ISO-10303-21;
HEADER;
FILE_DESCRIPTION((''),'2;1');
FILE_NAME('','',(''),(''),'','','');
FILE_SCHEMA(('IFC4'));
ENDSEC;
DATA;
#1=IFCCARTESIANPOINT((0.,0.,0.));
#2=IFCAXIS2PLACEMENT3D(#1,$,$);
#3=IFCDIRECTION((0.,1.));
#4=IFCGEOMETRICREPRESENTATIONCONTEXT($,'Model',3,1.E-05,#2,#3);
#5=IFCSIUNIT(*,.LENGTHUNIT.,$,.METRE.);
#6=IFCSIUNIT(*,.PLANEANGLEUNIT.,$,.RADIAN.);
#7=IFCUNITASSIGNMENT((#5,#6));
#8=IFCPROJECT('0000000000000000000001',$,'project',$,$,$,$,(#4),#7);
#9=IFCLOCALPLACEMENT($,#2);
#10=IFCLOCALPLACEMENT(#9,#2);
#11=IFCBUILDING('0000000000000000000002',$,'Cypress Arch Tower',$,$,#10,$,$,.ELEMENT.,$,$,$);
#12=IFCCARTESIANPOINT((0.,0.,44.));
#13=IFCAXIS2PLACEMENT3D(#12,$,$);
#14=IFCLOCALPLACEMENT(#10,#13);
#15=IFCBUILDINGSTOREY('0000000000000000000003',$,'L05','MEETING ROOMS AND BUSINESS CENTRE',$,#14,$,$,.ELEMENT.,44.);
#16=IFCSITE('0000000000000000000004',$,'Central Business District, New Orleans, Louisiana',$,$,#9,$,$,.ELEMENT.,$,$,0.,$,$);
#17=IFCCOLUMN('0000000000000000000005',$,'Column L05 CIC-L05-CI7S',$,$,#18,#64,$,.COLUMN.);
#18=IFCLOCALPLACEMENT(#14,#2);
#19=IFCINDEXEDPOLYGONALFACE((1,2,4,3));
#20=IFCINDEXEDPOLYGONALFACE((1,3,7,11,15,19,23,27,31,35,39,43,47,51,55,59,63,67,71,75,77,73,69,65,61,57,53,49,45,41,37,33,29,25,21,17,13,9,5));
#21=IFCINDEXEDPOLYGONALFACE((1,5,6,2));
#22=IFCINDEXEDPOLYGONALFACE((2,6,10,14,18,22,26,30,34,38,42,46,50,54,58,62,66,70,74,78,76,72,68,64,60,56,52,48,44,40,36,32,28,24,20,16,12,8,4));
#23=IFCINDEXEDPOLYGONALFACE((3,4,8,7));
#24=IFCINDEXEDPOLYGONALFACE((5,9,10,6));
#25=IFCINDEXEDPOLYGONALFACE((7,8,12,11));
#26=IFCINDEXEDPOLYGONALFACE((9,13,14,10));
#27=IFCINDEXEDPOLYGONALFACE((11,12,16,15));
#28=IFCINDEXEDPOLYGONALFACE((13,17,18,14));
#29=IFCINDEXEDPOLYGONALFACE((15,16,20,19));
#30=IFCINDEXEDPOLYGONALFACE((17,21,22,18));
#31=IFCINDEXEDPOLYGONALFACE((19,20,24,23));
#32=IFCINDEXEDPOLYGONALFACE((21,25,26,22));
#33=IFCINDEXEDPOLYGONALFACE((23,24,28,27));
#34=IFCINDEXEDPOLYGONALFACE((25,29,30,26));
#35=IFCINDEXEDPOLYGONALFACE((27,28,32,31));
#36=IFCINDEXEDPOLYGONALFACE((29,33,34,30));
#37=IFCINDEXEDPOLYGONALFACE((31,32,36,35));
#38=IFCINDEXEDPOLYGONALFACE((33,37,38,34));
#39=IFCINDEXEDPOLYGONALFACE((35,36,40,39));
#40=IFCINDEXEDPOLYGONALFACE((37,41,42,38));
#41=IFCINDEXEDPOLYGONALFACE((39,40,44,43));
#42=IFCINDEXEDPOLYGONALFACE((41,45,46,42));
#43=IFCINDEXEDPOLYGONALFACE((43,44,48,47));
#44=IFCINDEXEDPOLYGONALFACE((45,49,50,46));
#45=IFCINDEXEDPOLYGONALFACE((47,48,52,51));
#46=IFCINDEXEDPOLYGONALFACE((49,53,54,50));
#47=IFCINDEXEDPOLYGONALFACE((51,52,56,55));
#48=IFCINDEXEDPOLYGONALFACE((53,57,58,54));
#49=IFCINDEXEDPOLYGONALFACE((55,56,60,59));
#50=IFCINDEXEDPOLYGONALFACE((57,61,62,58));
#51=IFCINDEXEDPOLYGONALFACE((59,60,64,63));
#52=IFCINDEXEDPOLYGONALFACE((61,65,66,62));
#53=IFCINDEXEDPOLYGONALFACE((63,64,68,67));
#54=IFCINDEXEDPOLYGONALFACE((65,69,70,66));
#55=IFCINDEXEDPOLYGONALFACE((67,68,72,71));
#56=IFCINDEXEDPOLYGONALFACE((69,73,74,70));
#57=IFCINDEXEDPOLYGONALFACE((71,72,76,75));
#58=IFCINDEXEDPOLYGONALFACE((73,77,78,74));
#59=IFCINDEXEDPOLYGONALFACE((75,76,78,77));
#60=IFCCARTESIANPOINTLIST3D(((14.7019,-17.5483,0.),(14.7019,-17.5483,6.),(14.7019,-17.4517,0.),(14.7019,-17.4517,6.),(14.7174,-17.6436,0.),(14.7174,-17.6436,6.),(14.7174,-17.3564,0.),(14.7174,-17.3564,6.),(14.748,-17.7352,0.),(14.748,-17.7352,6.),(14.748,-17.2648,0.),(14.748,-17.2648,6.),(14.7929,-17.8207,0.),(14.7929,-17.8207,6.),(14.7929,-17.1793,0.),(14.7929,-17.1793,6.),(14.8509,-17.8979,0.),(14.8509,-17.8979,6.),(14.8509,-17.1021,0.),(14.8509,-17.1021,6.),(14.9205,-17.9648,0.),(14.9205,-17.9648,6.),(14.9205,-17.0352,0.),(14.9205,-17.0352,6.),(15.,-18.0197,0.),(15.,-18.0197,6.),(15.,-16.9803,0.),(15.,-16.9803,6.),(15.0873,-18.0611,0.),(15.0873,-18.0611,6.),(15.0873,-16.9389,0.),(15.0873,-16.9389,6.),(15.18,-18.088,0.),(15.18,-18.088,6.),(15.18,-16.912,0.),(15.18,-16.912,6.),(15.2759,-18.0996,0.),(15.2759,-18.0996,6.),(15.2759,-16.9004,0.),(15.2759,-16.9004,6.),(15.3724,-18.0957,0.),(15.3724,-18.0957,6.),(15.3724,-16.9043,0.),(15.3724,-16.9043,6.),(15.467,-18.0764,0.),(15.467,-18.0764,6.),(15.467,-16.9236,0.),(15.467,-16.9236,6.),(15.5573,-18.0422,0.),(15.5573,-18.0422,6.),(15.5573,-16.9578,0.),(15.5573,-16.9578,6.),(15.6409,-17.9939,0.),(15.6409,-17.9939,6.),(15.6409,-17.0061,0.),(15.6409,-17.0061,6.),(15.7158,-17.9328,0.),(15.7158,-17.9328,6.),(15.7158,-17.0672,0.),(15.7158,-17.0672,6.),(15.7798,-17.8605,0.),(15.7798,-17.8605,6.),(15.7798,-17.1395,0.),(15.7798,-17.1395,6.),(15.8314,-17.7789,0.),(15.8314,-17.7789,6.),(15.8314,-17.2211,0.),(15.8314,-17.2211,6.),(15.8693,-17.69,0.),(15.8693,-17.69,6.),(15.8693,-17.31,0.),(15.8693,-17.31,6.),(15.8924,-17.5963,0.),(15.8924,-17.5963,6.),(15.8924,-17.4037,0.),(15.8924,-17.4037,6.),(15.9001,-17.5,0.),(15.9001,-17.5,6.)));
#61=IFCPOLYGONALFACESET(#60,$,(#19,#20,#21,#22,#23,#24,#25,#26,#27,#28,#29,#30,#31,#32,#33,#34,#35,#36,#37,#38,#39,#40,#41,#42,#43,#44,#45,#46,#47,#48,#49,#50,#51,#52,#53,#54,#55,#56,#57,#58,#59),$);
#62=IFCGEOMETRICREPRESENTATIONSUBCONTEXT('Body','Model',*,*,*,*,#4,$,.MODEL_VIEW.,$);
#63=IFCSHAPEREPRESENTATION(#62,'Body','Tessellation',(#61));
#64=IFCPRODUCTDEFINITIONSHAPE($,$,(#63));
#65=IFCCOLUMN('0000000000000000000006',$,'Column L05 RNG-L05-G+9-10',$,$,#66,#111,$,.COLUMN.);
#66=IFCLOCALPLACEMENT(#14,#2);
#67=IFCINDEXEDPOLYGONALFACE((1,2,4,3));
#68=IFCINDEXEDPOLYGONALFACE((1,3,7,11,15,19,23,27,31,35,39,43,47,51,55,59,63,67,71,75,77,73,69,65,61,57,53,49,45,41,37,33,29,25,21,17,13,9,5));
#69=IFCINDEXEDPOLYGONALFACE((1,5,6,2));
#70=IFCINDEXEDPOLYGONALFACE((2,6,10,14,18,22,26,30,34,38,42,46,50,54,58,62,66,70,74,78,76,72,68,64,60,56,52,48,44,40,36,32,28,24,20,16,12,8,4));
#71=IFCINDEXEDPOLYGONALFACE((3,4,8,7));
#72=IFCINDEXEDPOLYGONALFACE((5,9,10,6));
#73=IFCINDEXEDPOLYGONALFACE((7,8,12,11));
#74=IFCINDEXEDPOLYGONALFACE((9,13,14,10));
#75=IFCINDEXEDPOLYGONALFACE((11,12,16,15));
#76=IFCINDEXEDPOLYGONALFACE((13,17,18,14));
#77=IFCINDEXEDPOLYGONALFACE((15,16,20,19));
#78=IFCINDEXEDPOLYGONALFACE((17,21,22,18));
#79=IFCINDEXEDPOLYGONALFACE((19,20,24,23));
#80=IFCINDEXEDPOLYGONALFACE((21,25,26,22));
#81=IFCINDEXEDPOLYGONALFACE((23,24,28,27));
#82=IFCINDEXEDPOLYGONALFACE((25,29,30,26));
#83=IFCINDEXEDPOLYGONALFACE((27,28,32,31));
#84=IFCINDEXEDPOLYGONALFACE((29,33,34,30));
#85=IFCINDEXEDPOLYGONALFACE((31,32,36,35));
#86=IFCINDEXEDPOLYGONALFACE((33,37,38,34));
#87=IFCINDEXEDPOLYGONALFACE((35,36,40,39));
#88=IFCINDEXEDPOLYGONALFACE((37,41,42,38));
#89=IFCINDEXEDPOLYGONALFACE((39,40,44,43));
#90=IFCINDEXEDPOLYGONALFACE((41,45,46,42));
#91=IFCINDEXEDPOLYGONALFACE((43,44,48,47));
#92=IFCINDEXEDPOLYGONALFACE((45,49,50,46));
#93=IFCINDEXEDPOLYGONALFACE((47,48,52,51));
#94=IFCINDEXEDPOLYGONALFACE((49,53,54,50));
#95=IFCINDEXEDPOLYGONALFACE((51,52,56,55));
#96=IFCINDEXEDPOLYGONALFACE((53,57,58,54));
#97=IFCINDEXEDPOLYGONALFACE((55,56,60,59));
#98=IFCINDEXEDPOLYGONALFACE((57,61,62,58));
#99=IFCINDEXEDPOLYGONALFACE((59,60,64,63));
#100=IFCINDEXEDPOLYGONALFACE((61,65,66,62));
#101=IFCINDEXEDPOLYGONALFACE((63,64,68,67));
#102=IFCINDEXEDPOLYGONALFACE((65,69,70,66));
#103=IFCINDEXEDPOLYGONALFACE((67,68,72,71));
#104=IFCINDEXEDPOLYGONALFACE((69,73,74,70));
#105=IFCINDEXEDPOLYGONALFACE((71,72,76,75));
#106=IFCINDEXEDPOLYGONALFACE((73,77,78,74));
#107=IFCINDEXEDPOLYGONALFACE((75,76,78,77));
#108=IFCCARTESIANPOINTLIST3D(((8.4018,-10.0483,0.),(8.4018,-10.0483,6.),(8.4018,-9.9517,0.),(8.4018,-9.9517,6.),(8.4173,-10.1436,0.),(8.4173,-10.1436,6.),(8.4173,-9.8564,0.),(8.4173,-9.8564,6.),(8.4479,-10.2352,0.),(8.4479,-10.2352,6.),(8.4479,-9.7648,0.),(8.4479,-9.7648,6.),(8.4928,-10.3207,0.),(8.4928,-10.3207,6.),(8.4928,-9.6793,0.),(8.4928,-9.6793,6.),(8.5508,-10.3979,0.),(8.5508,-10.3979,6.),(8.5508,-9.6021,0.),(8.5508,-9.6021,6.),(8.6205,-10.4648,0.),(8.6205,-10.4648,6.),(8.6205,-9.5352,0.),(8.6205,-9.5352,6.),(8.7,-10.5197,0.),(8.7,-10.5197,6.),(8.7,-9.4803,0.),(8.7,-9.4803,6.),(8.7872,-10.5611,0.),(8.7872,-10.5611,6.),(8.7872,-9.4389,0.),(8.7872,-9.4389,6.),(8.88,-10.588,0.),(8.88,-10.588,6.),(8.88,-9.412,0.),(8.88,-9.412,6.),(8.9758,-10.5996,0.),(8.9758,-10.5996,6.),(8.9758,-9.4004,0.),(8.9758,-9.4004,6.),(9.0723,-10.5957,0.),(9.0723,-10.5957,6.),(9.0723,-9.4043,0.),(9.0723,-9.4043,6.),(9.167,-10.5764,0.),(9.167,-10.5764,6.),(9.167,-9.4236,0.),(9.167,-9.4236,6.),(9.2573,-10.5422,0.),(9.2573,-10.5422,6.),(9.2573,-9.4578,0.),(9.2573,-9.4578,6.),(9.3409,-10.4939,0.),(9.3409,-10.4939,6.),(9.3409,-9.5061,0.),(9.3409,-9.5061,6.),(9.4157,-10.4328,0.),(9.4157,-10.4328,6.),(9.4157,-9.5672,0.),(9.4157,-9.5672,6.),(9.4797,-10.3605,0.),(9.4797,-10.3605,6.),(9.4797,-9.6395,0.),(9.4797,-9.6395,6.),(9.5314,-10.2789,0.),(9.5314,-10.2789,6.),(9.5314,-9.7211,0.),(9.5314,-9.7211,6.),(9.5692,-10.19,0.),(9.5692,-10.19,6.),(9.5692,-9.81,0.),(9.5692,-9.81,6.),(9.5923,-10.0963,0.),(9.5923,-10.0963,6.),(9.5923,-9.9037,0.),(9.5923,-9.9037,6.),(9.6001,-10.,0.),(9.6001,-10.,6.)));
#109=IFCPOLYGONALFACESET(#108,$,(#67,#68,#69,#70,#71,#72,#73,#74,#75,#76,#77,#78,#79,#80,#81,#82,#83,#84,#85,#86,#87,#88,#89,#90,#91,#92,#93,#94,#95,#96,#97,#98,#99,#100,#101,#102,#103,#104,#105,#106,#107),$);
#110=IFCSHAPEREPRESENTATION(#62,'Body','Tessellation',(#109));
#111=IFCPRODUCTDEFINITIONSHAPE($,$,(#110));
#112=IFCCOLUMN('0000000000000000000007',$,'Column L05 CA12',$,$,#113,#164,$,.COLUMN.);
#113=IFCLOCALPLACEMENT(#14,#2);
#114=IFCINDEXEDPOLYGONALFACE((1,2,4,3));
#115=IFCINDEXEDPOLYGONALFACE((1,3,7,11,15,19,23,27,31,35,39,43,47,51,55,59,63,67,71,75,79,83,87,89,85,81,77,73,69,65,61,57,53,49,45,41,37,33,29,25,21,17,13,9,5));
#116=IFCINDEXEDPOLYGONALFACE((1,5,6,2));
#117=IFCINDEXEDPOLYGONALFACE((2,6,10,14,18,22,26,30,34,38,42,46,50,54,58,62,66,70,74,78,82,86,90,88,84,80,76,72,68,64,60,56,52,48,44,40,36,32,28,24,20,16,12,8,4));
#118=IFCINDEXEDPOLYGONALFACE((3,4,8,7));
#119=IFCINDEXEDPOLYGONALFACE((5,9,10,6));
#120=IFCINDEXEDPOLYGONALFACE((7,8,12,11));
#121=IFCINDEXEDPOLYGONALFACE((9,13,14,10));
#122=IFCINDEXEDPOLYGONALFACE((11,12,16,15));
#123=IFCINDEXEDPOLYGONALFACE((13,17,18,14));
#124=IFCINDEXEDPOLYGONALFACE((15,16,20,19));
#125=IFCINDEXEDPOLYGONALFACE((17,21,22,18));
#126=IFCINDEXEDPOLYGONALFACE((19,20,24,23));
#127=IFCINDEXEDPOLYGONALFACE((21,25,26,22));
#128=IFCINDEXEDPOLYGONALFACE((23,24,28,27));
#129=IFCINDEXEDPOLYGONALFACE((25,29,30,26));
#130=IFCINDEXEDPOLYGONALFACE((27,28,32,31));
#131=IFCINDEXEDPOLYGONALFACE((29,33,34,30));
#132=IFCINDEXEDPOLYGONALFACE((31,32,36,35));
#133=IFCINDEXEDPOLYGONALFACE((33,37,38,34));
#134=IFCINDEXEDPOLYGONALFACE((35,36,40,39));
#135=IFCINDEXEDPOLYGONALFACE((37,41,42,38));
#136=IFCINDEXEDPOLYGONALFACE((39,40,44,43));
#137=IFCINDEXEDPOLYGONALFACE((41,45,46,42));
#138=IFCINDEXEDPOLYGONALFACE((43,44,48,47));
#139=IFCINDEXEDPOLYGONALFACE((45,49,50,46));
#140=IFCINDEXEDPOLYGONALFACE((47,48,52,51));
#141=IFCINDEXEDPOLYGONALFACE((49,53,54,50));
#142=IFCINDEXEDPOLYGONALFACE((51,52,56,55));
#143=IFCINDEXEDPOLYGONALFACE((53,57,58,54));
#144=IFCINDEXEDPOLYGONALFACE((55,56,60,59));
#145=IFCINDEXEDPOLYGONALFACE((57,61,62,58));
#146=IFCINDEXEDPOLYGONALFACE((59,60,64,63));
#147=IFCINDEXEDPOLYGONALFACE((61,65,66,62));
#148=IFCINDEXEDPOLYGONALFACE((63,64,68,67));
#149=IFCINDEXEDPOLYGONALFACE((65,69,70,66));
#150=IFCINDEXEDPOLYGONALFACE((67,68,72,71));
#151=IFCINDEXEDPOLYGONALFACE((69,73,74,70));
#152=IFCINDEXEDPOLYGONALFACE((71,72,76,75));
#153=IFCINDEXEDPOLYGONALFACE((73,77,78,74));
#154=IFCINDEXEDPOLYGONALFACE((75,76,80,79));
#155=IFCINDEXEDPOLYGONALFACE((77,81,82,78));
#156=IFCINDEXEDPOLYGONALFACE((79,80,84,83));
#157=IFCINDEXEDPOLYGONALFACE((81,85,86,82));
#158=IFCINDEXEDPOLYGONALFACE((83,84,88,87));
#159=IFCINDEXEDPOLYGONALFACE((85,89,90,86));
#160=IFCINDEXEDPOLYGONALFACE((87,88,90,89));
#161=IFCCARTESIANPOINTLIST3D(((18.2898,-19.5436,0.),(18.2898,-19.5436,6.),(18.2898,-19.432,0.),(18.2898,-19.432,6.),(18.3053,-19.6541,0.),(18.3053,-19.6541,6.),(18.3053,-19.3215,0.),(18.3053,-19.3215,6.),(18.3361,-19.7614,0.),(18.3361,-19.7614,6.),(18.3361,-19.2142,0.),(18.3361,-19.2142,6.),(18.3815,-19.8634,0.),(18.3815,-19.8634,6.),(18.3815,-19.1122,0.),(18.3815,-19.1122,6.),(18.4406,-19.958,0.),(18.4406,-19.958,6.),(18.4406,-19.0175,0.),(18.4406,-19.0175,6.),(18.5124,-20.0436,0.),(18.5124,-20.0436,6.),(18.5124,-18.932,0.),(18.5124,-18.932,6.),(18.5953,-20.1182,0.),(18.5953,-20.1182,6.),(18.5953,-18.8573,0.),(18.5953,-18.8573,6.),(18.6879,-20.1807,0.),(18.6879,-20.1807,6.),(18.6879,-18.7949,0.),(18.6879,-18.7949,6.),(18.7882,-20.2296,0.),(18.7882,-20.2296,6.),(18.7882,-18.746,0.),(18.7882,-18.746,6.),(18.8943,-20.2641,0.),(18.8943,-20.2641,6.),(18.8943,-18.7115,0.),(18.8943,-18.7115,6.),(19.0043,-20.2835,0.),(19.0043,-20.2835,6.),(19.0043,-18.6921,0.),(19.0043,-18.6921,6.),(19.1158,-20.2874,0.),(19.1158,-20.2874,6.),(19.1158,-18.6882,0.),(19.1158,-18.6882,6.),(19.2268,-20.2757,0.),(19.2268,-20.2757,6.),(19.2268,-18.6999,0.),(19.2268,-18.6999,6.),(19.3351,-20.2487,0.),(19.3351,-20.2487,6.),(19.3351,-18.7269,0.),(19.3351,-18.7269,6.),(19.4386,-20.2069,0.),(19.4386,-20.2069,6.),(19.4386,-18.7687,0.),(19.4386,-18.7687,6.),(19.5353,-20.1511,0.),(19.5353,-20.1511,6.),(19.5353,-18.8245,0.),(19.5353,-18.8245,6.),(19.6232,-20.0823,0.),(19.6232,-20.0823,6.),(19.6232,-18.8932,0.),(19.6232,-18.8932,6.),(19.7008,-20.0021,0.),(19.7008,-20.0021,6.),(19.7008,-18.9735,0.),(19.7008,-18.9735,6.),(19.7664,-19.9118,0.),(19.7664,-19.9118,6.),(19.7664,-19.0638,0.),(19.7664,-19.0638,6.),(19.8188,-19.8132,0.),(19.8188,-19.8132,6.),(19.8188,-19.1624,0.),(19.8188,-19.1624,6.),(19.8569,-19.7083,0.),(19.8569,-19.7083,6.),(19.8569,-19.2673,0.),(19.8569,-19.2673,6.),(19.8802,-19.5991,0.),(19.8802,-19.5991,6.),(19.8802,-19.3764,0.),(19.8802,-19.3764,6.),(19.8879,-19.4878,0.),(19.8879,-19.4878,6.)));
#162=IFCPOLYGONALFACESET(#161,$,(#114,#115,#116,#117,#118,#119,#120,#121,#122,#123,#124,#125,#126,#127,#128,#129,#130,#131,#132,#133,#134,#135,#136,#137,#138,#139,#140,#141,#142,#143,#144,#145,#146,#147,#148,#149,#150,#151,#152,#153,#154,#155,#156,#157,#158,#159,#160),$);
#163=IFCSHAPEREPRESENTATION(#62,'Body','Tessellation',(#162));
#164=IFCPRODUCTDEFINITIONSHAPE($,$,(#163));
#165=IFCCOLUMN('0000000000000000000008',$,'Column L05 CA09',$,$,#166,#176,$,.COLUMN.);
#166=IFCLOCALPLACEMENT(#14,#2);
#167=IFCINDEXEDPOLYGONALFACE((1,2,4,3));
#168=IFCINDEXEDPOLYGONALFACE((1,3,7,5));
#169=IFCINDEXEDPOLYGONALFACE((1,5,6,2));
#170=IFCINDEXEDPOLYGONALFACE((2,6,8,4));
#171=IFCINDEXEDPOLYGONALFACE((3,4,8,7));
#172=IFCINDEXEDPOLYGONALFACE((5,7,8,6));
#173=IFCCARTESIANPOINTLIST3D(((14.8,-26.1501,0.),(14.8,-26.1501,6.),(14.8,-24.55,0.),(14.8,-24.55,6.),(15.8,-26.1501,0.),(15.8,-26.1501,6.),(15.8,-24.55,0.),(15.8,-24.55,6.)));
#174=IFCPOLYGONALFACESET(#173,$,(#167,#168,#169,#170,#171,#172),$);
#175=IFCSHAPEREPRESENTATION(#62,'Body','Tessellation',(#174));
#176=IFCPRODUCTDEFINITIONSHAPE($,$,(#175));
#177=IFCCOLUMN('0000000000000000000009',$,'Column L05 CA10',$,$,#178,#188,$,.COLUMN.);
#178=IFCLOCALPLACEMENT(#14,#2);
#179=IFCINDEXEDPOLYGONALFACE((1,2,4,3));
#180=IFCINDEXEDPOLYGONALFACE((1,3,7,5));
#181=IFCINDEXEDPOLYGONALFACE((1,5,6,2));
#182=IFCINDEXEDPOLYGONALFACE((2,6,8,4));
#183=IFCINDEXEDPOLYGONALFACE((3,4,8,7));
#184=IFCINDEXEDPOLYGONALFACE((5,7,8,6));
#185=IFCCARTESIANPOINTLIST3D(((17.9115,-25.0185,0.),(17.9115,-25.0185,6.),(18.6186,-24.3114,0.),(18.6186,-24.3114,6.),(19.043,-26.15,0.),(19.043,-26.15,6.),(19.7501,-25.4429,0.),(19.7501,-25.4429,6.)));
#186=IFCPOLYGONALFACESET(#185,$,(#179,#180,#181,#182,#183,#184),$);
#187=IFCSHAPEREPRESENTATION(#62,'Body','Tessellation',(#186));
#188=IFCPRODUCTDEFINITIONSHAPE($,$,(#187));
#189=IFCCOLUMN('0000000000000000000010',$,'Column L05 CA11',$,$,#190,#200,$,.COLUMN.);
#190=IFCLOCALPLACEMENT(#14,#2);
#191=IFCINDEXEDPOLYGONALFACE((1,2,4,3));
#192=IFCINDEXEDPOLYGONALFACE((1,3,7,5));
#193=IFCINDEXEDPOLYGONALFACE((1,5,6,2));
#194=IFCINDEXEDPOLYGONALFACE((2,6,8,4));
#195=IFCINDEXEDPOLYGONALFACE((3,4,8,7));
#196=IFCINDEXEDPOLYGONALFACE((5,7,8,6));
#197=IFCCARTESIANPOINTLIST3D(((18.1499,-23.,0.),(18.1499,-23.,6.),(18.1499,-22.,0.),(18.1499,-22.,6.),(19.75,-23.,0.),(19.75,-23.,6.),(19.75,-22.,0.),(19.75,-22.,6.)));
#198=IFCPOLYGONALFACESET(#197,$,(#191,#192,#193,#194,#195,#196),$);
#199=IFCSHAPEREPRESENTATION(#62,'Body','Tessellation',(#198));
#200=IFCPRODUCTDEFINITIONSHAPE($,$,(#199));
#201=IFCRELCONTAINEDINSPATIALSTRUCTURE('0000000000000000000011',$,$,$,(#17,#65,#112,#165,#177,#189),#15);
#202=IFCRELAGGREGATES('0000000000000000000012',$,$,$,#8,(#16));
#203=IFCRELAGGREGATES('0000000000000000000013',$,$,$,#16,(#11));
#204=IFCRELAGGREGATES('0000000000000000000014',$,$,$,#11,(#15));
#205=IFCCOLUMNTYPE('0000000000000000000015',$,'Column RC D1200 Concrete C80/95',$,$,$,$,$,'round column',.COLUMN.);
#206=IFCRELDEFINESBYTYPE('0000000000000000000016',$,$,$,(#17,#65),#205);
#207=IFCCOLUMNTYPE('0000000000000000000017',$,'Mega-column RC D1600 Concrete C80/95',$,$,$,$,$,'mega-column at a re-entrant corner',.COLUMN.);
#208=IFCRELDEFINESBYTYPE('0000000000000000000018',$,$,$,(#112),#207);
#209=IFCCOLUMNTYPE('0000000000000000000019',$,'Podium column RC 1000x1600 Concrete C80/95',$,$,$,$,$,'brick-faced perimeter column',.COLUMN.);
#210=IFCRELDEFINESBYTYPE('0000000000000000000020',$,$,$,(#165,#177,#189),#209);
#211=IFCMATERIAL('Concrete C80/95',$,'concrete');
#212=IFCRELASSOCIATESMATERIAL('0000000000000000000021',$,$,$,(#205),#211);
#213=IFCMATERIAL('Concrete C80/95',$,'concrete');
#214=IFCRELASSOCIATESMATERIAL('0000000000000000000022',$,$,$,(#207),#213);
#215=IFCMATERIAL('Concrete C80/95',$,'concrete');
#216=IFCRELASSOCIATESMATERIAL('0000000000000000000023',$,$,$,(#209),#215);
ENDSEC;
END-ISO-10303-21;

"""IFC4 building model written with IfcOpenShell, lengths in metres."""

from ifc_helpers import new_model, si_unit, direction, frame, origin, origin_2d, place, context, subcontext, project, spatial, rectangle, circle, extrude, material, material_profile, profile_set, type_object, element, save


model = new_model("IFC4")

# Units and contexts
model_context = context("Model", 3, precision=1e-05, world=origin(), true_north=direction((0.0, 1.0)))
body_context = subcontext(model_context, "Body", "Model", "MODEL_VIEW")
ifc_project = project(units=[si_unit("LENGTHUNIT", "METRE"), si_unit("PLANEANGLEUNIT", "RADIAN")], contexts=[model_context])

# Site, building, storey
site_placement = place(None, origin())
site = spatial("IfcSite", under=ifc_project, at=site_placement, Name="Central Business District, New Orleans, Louisiana", CompositionType="ELEMENT", RefElevation=0.0)
building_placement = place(site_placement, origin())
building = spatial("IfcBuilding", under=site, at=building_placement, Name="Cypress Arch Tower", CompositionType="ELEMENT")
storey_placement = place(building_placement, frame((0.0, 0.0, 44.0)))
storey = spatial("IfcBuildingStorey", under=building, at=storey_placement, Name="L05", Description="MEETING ROOMS AND BUSINESS CENTRE", CompositionType="ELEMENT", Elevation=44.0)

# Columns
ifc_material_1 = material(Name="Concrete C80/95", Category="concrete")
ifc_material_profile_1 = material_profile(ifc_material_1, circle(Radius=0.6001, at=origin_2d()), Name="RC D1200")
ifc_profile_set_1 = profile_set([ifc_material_profile_1], Name="Concrete C80/95")
column_type_1 = type_object("IfcColumnType", Name="Column RC D1200 Concrete C80/95", ElementType="round column", PredefinedType="COLUMN", material=ifc_profile_set_1)
for number, where, z_axis, x_axis, name in (
    (1, (15.3, -17.5, 0.0), (0.0, 0.0, 1.0), (1.0, 0.0, 0.0), "Column L05 CIC-L05-CI7S"),
    (2, (9.0, -10.0, 0.0), (0.0, 0.0, 1.0), (1.0, 0.0, 0.0), "Column L05 RNG-L05-G+9-10"),
):
    element("IfcColumn", number, at=place(storey_placement, frame(where, z_axis=z_axis, x_axis=x_axis)), inside=storey, type_object=column_type_1, Name=name, PredefinedType="COLUMN", context=body_context, shape_type="SweptSolid", body=[
        extrude(circle(Radius=0.6001, at=origin_2d()), origin(), (0.0, 0.0, 1.0), 6.0),
    ])
ifc_material_2 = material(Name="Concrete C80/95", Category="concrete")
ifc_material_profile_2 = material_profile(ifc_material_2, circle(Radius=0.8, at=origin_2d()), Name="RC D1600")
ifc_profile_set_2 = profile_set([ifc_material_profile_2], Name="Concrete C80/95")
column_type_2 = type_object("IfcColumnType", Name="Mega-column RC D1600 Concrete C80/95", ElementType="mega-column at a re-entrant corner", PredefinedType="COLUMN", material=ifc_profile_set_2)
column_placement = place(storey_placement, frame((19.0879, -19.4878, 0.0), z_axis=(0.0, 0.0, 1.0), x_axis=(1.0, 0.0, 0.0)))
element("IfcColumn", 3, at=column_placement, inside=storey, type_object=column_type_2, Name="Column L05 CA12", PredefinedType="COLUMN", context=body_context, shape_type="SweptSolid", body=[
    extrude(circle(Radius=0.8, at=origin_2d()), origin(), (0.0, 0.0, 1.0), 6.0),
])
ifc_material_3 = material(Name="Concrete C80/95", Category="concrete")
ifc_material_profile_3 = material_profile(ifc_material_3, rectangle(XDim=1.0, YDim=1.6001, at=origin_2d()), Name="RC 1000x1600")
ifc_profile_set_3 = profile_set([ifc_material_profile_3], Name="Concrete C80/95")
column_type_3 = type_object("IfcColumnType", Name="Podium column RC 1000x1600 Concrete C80/95", ElementType="brick-faced perimeter column", PredefinedType="COLUMN", material=ifc_profile_set_3)
for number, where, z_axis, x_axis, name in (
    (4, (15.3, -25.3501, 0.0), (0.0, 0.0, 1.0), (1.0, 0.0, 0.0), "Column L05 CA09"),
    (5, (18.8308, -25.2307, 0.0), (0.0, 0.0, 1.0), (0.707107, 0.707107, 0.0), "Column L05 CA10"),
    (6, (18.95, -22.5, 0.0), (0.0, 0.0, 1.0), (0.0, 1.0, 0.0), "Column L05 CA11"),
):
    element("IfcColumn", number, at=place(storey_placement, frame(where, z_axis=z_axis, x_axis=x_axis)), inside=storey, type_object=column_type_3, Name=name, PredefinedType="COLUMN", context=body_context, shape_type="SweptSolid", body=[
        extrude(rectangle(XDim=1.0, YDim=1.6001, at=origin_2d()), origin(), (0.0, 0.0, 1.0), 6.0),
    ])

save(model, "model.ifc")
